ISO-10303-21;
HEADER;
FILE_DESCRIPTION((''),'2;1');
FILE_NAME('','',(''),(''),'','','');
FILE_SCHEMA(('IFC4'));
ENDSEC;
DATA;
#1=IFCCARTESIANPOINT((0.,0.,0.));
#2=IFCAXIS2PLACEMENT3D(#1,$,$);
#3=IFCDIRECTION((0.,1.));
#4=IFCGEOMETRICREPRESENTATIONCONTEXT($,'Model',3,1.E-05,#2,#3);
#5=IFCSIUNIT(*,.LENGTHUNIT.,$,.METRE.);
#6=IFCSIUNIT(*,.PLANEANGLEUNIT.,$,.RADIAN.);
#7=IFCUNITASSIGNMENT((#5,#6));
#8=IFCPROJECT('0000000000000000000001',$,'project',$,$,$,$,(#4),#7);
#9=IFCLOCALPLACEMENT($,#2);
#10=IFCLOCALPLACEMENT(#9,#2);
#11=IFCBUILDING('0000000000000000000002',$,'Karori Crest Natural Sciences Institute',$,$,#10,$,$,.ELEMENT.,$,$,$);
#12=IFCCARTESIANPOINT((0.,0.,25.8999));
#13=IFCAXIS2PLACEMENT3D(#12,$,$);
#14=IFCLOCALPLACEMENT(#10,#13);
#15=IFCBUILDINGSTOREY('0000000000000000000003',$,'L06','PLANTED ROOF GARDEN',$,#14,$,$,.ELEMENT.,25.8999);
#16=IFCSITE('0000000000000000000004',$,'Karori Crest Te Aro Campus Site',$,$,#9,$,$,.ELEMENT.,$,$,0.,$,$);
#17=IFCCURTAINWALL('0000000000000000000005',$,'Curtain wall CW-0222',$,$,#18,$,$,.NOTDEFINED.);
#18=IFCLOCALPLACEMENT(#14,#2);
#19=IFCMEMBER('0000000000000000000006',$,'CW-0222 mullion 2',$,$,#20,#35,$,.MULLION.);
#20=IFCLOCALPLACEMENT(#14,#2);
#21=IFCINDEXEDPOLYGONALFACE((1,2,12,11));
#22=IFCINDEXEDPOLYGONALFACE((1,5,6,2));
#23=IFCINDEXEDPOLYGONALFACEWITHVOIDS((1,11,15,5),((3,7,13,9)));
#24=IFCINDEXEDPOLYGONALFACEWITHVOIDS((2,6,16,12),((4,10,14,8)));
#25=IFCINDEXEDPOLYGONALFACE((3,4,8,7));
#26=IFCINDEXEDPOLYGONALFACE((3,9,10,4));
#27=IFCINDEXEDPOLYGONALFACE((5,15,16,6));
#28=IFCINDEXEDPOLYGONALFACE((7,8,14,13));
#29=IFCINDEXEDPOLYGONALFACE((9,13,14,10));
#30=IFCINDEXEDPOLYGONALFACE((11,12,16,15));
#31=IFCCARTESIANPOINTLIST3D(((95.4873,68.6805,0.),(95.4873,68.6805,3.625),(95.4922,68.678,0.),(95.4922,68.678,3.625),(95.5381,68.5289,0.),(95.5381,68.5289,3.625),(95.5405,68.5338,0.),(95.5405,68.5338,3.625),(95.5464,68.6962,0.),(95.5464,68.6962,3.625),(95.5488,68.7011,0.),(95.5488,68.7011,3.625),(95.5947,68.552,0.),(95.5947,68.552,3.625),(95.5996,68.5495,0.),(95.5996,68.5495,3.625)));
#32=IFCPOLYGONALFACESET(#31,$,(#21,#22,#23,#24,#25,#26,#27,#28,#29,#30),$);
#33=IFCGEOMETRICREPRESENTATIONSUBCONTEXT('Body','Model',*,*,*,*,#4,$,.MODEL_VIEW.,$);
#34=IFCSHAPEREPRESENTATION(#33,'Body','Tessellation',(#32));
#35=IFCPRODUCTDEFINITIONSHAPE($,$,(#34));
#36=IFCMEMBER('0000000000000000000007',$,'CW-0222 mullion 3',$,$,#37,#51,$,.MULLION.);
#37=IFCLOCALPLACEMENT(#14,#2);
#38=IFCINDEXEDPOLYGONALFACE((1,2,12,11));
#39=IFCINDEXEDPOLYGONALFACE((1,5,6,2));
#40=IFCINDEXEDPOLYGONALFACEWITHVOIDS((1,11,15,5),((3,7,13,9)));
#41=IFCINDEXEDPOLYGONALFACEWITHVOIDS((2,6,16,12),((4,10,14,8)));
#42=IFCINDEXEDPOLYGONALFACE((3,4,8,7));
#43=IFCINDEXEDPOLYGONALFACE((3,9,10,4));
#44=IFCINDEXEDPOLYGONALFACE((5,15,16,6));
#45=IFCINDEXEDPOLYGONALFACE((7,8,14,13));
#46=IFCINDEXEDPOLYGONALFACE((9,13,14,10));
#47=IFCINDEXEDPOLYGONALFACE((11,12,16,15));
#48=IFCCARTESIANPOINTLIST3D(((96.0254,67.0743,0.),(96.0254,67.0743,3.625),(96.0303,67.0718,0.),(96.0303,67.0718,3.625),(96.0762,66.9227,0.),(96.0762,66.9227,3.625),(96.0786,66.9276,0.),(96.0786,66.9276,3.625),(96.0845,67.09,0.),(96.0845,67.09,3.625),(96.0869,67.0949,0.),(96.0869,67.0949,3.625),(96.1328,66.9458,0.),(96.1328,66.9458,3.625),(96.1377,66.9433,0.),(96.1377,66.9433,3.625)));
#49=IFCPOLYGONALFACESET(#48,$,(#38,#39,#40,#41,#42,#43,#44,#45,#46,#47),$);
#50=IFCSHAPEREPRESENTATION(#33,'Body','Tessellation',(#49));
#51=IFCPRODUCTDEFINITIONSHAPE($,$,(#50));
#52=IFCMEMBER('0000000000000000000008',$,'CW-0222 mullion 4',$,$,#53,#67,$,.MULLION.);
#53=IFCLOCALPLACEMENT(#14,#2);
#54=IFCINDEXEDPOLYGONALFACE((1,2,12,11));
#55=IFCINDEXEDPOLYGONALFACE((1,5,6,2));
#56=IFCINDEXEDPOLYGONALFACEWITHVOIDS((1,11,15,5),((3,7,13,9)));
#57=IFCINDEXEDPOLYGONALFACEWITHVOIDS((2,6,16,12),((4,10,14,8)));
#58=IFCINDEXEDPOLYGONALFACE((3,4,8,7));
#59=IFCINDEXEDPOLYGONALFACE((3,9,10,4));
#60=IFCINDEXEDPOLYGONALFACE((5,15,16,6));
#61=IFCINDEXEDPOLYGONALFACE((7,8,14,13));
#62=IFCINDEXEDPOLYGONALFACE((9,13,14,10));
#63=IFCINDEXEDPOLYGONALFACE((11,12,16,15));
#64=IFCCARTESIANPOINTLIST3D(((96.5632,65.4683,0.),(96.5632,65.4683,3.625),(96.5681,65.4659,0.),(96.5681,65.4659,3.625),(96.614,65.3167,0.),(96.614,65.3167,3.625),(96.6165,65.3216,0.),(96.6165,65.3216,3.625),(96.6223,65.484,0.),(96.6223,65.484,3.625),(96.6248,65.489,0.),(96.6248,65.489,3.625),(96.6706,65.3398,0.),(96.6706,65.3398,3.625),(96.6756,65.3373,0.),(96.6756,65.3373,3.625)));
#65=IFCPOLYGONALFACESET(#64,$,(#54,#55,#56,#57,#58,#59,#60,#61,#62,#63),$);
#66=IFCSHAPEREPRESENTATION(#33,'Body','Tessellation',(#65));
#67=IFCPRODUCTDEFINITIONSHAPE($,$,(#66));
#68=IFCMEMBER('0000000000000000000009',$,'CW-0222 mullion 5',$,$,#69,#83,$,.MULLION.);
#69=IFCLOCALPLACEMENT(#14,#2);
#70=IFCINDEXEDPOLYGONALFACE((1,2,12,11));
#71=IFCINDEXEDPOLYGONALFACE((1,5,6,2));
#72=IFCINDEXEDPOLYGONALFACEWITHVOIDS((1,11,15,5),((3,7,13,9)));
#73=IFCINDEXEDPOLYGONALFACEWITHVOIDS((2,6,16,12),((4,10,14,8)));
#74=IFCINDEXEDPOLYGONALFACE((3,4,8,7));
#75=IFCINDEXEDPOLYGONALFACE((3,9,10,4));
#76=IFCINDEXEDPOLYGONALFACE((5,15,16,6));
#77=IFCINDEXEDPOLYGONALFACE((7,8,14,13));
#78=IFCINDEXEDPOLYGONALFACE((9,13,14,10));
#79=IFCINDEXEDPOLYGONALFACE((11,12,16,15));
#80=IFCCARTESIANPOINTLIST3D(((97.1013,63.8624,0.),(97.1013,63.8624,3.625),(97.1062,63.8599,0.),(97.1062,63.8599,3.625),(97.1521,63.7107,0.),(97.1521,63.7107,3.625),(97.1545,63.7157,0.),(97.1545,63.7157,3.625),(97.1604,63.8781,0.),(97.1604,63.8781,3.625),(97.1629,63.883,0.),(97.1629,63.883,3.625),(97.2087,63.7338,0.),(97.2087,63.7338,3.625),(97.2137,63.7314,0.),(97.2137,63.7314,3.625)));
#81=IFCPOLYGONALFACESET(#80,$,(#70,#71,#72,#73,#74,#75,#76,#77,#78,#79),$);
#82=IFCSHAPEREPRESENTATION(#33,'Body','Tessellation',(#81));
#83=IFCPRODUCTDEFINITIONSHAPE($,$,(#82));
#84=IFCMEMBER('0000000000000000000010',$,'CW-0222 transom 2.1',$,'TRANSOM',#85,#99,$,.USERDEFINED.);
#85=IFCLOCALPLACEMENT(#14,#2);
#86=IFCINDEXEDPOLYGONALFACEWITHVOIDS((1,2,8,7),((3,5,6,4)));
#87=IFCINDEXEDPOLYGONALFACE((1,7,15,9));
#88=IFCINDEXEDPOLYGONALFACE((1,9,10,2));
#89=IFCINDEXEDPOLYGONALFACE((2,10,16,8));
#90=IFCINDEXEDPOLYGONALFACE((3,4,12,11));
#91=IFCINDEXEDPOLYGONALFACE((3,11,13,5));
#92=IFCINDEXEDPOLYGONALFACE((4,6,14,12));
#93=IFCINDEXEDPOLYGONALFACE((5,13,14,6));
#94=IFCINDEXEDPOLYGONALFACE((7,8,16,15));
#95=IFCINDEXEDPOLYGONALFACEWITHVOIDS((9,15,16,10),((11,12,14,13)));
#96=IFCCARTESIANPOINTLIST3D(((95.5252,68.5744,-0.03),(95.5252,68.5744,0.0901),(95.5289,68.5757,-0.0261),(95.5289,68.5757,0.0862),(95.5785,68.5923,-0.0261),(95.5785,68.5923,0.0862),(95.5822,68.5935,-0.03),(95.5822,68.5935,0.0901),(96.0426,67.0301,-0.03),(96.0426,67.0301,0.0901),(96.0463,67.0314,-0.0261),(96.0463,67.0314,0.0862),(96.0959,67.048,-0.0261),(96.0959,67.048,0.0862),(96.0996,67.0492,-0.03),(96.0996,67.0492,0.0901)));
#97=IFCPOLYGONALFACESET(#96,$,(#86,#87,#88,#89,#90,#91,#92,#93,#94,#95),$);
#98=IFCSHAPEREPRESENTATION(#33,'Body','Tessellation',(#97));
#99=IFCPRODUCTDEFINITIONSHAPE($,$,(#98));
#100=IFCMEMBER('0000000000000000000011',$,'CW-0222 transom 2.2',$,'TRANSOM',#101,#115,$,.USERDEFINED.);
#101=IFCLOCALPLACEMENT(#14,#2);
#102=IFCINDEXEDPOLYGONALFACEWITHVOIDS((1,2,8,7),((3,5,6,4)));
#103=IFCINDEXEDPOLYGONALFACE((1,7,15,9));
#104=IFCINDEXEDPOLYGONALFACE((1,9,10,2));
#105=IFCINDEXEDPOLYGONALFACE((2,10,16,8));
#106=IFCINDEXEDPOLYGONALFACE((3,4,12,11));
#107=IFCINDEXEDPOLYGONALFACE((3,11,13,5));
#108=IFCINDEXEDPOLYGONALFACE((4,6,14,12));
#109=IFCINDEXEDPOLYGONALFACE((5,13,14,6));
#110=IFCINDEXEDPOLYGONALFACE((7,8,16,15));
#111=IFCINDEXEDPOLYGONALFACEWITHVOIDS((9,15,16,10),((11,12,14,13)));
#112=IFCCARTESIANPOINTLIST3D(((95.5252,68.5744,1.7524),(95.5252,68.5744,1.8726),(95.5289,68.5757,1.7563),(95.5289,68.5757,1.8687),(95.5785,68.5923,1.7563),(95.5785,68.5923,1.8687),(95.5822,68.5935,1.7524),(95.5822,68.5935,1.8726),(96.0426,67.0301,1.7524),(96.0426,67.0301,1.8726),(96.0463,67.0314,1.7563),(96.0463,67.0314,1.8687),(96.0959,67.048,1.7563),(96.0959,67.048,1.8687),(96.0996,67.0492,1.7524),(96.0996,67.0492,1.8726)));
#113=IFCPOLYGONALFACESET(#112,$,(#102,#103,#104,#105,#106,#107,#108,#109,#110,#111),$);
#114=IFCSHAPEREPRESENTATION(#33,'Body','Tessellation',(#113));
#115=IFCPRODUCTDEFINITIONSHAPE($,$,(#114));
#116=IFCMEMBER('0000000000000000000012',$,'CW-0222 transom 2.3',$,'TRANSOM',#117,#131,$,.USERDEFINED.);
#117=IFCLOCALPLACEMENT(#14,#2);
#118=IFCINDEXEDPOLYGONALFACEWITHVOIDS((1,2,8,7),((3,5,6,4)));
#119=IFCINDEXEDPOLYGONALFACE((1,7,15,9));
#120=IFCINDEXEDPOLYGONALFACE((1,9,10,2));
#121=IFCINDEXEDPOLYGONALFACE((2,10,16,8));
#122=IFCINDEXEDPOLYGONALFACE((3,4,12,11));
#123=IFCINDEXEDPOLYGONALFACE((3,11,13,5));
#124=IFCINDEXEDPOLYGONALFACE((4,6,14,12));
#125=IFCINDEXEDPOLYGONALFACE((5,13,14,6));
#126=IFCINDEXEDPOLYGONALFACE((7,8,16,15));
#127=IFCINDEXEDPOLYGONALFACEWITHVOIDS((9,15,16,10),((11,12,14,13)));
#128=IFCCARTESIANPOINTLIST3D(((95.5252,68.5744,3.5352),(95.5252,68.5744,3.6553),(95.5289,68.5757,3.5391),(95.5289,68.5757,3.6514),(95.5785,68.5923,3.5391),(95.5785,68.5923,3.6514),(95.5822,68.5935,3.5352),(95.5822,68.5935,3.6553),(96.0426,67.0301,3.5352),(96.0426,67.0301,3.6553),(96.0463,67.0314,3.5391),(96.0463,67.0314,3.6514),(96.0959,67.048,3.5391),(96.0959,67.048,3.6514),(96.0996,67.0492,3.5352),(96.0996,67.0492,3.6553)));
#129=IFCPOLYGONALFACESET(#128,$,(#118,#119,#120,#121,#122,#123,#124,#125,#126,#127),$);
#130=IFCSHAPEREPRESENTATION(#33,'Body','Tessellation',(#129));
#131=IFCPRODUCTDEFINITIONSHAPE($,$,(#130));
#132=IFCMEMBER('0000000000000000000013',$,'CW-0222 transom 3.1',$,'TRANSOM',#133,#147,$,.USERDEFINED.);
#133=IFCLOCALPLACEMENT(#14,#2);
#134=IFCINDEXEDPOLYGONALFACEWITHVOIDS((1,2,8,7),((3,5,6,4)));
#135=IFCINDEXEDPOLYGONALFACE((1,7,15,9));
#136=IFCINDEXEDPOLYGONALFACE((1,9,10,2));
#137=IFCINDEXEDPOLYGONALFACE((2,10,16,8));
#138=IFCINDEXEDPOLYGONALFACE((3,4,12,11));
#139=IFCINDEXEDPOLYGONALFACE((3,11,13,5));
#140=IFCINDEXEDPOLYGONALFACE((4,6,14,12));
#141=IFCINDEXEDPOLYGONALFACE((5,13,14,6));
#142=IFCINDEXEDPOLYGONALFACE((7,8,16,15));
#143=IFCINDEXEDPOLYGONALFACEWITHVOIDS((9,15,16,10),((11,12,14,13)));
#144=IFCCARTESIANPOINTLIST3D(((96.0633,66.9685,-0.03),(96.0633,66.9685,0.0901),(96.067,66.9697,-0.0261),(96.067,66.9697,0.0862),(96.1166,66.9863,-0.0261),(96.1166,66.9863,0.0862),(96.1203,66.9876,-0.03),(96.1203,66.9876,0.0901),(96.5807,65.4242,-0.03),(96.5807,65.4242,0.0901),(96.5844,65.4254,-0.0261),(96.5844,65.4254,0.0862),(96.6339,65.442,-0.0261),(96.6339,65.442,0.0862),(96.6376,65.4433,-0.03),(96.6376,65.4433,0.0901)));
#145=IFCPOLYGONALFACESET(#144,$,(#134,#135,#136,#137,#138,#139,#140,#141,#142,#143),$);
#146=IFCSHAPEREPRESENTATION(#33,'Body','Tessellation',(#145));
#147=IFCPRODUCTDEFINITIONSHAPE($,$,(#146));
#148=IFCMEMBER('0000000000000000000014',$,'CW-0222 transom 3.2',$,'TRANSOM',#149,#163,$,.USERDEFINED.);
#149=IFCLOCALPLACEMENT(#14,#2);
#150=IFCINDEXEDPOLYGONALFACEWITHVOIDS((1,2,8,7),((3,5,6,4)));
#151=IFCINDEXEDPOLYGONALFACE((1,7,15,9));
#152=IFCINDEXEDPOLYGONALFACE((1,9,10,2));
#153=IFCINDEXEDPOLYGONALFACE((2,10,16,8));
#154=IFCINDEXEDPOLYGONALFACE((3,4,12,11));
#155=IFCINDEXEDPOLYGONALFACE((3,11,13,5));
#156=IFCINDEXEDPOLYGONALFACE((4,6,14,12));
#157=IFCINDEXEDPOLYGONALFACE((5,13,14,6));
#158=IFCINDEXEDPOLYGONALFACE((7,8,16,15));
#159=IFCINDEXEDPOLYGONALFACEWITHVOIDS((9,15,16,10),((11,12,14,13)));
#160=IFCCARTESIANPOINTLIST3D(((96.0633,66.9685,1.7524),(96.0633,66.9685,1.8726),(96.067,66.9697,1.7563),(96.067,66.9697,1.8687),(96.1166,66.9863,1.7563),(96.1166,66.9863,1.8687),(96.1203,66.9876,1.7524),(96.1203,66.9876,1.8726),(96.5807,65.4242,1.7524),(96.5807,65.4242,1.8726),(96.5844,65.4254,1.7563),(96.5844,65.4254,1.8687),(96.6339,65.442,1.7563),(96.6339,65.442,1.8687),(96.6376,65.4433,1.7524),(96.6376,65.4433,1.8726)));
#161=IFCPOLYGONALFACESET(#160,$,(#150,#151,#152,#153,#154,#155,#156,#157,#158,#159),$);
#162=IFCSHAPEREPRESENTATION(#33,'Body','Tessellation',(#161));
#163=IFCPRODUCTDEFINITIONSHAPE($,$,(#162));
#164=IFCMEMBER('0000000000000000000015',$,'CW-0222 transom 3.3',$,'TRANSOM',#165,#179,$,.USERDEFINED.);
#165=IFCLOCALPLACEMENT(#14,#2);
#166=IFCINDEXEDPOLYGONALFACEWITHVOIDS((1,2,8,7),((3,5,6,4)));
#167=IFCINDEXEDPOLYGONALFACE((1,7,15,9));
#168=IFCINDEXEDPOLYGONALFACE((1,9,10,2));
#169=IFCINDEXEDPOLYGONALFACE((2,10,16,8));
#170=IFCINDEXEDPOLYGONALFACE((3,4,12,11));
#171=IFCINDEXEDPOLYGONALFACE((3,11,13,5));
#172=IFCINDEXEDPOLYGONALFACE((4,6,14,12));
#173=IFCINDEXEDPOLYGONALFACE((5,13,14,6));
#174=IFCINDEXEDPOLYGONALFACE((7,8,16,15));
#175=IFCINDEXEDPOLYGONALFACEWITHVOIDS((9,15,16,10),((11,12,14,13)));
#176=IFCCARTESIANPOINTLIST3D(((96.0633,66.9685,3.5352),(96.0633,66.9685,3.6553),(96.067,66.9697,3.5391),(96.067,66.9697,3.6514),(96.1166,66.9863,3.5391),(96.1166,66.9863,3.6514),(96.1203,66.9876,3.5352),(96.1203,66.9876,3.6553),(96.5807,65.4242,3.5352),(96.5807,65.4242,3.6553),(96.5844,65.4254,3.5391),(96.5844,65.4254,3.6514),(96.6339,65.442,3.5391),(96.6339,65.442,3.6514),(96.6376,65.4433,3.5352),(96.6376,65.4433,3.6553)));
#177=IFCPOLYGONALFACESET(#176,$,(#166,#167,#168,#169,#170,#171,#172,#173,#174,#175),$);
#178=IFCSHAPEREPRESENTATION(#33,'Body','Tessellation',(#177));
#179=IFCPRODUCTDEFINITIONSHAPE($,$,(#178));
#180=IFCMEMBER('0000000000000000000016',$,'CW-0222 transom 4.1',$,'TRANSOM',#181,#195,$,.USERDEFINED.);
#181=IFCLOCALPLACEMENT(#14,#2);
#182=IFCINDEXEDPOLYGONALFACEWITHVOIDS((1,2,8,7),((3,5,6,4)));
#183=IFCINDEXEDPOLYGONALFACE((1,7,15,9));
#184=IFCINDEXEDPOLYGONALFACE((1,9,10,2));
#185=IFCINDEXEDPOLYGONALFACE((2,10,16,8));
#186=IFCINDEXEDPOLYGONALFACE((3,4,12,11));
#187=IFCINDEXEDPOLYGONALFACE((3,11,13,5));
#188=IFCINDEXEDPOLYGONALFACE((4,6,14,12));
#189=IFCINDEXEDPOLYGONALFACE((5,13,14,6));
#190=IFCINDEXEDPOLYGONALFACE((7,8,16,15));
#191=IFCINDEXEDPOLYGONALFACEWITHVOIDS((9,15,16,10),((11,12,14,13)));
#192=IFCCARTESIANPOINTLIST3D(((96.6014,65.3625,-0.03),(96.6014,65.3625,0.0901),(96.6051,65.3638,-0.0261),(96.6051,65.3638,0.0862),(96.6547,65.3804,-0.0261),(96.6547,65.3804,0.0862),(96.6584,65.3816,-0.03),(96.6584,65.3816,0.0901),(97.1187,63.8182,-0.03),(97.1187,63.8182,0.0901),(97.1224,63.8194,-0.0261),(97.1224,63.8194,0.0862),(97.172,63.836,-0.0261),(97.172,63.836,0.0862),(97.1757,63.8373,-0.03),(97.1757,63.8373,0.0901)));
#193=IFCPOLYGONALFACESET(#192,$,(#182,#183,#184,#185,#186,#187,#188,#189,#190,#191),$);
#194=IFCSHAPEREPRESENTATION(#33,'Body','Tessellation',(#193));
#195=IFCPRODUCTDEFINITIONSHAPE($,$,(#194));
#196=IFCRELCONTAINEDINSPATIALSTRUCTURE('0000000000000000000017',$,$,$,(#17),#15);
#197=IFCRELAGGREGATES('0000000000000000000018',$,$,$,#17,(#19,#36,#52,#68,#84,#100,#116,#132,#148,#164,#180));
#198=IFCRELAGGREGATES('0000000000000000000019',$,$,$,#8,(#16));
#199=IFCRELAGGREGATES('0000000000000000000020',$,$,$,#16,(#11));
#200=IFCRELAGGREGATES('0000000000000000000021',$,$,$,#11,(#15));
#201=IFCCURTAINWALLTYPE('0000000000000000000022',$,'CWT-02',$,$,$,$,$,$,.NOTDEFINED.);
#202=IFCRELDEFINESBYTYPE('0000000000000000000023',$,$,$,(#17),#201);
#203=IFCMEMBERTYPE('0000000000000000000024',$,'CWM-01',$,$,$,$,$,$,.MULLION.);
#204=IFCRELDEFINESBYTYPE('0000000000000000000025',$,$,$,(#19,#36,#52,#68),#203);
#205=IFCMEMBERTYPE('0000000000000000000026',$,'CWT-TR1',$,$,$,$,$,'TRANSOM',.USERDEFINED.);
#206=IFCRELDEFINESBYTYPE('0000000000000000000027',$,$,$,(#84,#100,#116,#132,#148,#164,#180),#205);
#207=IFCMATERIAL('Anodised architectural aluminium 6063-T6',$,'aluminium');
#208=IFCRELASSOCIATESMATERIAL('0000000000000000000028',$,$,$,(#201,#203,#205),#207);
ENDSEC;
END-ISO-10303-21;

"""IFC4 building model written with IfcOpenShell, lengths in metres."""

from ifc_helpers import new_model, si_unit, direction, frame, origin, origin_2d, place, context, subcontext, project, spatial, hollow_rectangle, extrude, material, material_profile, profile_set, type_object, element, aggregate, save


model = new_model("IFC4")

# Units and contexts
model_context = context("Model", 3, precision=1e-05, world=origin(), true_north=direction((0.0, 1.0)))
body_context = subcontext(model_context, "Body", "Model", "MODEL_VIEW")
ifc_project = project(units=[si_unit("LENGTHUNIT", "METRE"), si_unit("PLANEANGLEUNIT", "RADIAN")], contexts=[model_context])

# Site, building, storey
site_placement = place(None, origin())
site = spatial("IfcSite", under=ifc_project, at=site_placement, Name="Karori Crest Te Aro Campus Site", CompositionType="ELEMENT", RefElevation=0.0)
building_placement = place(site_placement, origin())
building = spatial("IfcBuilding", under=site, at=building_placement, Name="Karori Crest Natural Sciences Institute", CompositionType="ELEMENT")
storey_placement = place(building_placement, frame((0.0, 0.0, 25.8999)))
storey = spatial("IfcBuildingStorey", under=building, at=storey_placement, Name="L06", Description="PLANTED ROOF GARDEN", CompositionType="ELEMENT", Elevation=25.8999)

# Curtain wall, members
ifc_material_1 = material(Name="Anodised architectural aluminium 6063-T6", Category="aluminium")
curtain_wall_type = type_object("IfcCurtainWallType", Name="CWT-02", PredefinedType="NOTDEFINED", material=ifc_material_1)
curtain_wall_placement = place(storey_placement, origin())
curtain_wall = element("IfcCurtainWall", 1, at=curtain_wall_placement, inside=storey, type_object=curtain_wall_type, Name="Curtain wall CW-0222", PredefinedType="NOTDEFINED")
ifc_material_profile_1 = material_profile(ifc_material_1, hollow_rectangle(XDim=0.0649, YDim=0.1599, WallThickness=0.0039, at=origin_2d()), Name="CWM160x65x4")
ifc_profile_set_1 = profile_set([ifc_material_profile_1], Name="Anodised architectural aluminium 6063-T6")
member_type_1 = type_object("IfcMemberType", Name="CWM-01", PredefinedType="MULLION", material=ifc_profile_set_1)
member_1_placement = place(storey_placement, frame((95.5435, 68.615, 0.0), z_axis=(0.0, 0.0, 1.0), x_axis=(0.948198, 0.31768, 0.0)))
member_1 = element("IfcMember", 2, at=member_1_placement, type_object=member_type_1, Name="CW-0222 mullion 2", PredefinedType="MULLION", context=body_context, shape_type="SweptSolid", body=[
    extrude(hollow_rectangle(XDim=0.0649, YDim=0.1599, WallThickness=0.0039, at=origin_2d()), origin(), (0.0, 0.0, 1.0), 3.625),
])
member_2_placement = place(storey_placement, frame((96.0815, 67.0088, 0.0), z_axis=(0.0, 0.0, 1.0), x_axis=(0.948198, 0.31768, 0.0)))
member_2 = element("IfcMember", 3, at=member_2_placement, type_object=member_type_1, Name="CW-0222 mullion 3", PredefinedType="MULLION", context=body_context, shape_type="SweptSolid", body=[
    extrude(hollow_rectangle(XDim=0.0649, YDim=0.1599, WallThickness=0.0039, at=origin_2d()), origin(), (0.0, 0.0, 1.0), 3.625),
])
member_3_placement = place(storey_placement, frame((96.6194, 65.4028, 0.0), z_axis=(0.0, 0.0, 1.0), x_axis=(0.948198, 0.31768, 0.0)))
member_3 = element("IfcMember", 4, at=member_3_placement, type_object=member_type_1, Name="CW-0222 mullion 4", PredefinedType="MULLION", context=body_context, shape_type="SweptSolid", body=[
    extrude(hollow_rectangle(XDim=0.0649, YDim=0.1599, WallThickness=0.0039, at=origin_2d()), origin(), (0.0, 0.0, 1.0), 3.625),
])
member_4_placement = place(storey_placement, frame((97.1575, 63.7969, 0.0), z_axis=(0.0, 0.0, 1.0), x_axis=(0.948198, 0.31768, 0.0)))
member_4 = element("IfcMember", 5, at=member_4_placement, type_object=member_type_1, Name="CW-0222 mullion 5", PredefinedType="MULLION", context=body_context, shape_type="SweptSolid", body=[
    extrude(hollow_rectangle(XDim=0.0649, YDim=0.1599, WallThickness=0.0039, at=origin_2d()), origin(), (0.0, 0.0, 1.0), 3.625),
])
ifc_material_profile_2 = material_profile(ifc_material_1, hollow_rectangle(XDim=0.0601, YDim=0.1201, WallThickness=0.0039, at=origin_2d()), Name="CWT120x60x4")
ifc_profile_set_2 = profile_set([ifc_material_profile_2], Name="Anodised architectural aluminium 6063-T6")
member_type_2 = type_object("IfcMemberType", Name="CWT-TR1", ElementType="TRANSOM", PredefinedType="USERDEFINED", material=ifc_profile_set_2)
member_5_placement = place(storey_placement, frame((95.5537, 68.584, 0.03), z_axis=(0.317667, -0.948202, 0.0), x_axis=(0.948202, 0.317667, 0.0)))
member_5 = element("IfcMember", 6, at=member_5_placement, type_object=member_type_2, Name="CW-0222 transom 2.1", ObjectType="TRANSOM", PredefinedType="USERDEFINED", context=body_context, shape_type="SweptSolid", body=[
    extrude(hollow_rectangle(XDim=0.0601, YDim=0.1201, WallThickness=0.0039, at=origin_2d()), origin(), (0.0, 0.0, 1.0), 1.6287),
])
member_6_placement = place(storey_placement, frame((95.5537, 68.584, 1.8125), z_axis=(0.317667, -0.948202, 0.0), x_axis=(0.948202, 0.317667, 0.0)))
member_6 = element("IfcMember", 7, at=member_6_placement, type_object=member_type_2, Name="CW-0222 transom 2.2", ObjectType="TRANSOM", PredefinedType="USERDEFINED", context=body_context, shape_type="SweptSolid", body=[
    extrude(hollow_rectangle(XDim=0.0601, YDim=0.1201, WallThickness=0.0039, at=origin_2d()), origin(), (0.0, 0.0, 1.0), 1.6287),
])
member_7_placement = place(storey_placement, frame((95.5537, 68.584, 3.5952), z_axis=(0.317667, -0.948202, 0.0), x_axis=(0.948202, 0.317667, 0.0)))
member_7 = element("IfcMember", 8, at=member_7_placement, type_object=member_type_2, Name="CW-0222 transom 2.3", ObjectType="TRANSOM", PredefinedType="USERDEFINED", context=body_context, shape_type="SweptSolid", body=[
    extrude(hollow_rectangle(XDim=0.0601, YDim=0.1201, WallThickness=0.0039, at=origin_2d()), origin(), (0.0, 0.0, 1.0), 1.6287),
])
member_8_placement = place(storey_placement, frame((96.0918, 66.978, 0.03), z_axis=(0.317667, -0.948202, 0.0), x_axis=(0.948202, 0.317667, 0.0)))
member_8 = element("IfcMember", 9, at=member_8_placement, type_object=member_type_2, Name="CW-0222 transom 3.1", ObjectType="TRANSOM", PredefinedType="USERDEFINED", context=body_context, shape_type="SweptSolid", body=[
    extrude(hollow_rectangle(XDim=0.0601, YDim=0.1201, WallThickness=0.0039, at=origin_2d()), origin(), (0.0, 0.0, 1.0), 1.6287),
])
member_9_placement = place(storey_placement, frame((96.0918, 66.978, 1.8125), z_axis=(0.317667, -0.948202, 0.0), x_axis=(0.948202, 0.317667, 0.0)))
member_9 = element("IfcMember", 10, at=member_9_placement, type_object=member_type_2, Name="CW-0222 transom 3.2", ObjectType="TRANSOM", PredefinedType="USERDEFINED", context=body_context, shape_type="SweptSolid", body=[
    extrude(hollow_rectangle(XDim=0.0601, YDim=0.1201, WallThickness=0.0039, at=origin_2d()), origin(), (0.0, 0.0, 1.0), 1.6287),
])
member_10_placement = place(storey_placement, frame((96.0918, 66.978, 3.5952), z_axis=(0.317667, -0.948202, 0.0), x_axis=(0.948202, 0.317667, 0.0)))
member_10 = element("IfcMember", 11, at=member_10_placement, type_object=member_type_2, Name="CW-0222 transom 3.3", ObjectType="TRANSOM", PredefinedType="USERDEFINED", context=body_context, shape_type="SweptSolid", body=[
    extrude(hollow_rectangle(XDim=0.0601, YDim=0.1201, WallThickness=0.0039, at=origin_2d()), origin(), (0.0, 0.0, 1.0), 1.6287),
])
member_11_placement = place(storey_placement, frame((96.6299, 65.3721, 0.03), z_axis=(0.317621, -0.948218, 0.0), x_axis=(0.948218, 0.317621, 0.0)))
member_11 = element("IfcMember", 12, at=member_11_placement, type_object=member_type_2, Name="CW-0222 transom 4.1", ObjectType="TRANSOM", PredefinedType="USERDEFINED", context=body_context, shape_type="SweptSolid", body=[
    extrude(hollow_rectangle(XDim=0.0601, YDim=0.1201, WallThickness=0.0039, at=origin_2d()), origin(), (0.0, 0.0, 1.0), 1.6287),
])
aggregate(curtain_wall, [member_1, member_2, member_3, member_4, member_5, member_6, member_7, member_8, member_9, member_10, member_11])

save(model, "model.ifc")
